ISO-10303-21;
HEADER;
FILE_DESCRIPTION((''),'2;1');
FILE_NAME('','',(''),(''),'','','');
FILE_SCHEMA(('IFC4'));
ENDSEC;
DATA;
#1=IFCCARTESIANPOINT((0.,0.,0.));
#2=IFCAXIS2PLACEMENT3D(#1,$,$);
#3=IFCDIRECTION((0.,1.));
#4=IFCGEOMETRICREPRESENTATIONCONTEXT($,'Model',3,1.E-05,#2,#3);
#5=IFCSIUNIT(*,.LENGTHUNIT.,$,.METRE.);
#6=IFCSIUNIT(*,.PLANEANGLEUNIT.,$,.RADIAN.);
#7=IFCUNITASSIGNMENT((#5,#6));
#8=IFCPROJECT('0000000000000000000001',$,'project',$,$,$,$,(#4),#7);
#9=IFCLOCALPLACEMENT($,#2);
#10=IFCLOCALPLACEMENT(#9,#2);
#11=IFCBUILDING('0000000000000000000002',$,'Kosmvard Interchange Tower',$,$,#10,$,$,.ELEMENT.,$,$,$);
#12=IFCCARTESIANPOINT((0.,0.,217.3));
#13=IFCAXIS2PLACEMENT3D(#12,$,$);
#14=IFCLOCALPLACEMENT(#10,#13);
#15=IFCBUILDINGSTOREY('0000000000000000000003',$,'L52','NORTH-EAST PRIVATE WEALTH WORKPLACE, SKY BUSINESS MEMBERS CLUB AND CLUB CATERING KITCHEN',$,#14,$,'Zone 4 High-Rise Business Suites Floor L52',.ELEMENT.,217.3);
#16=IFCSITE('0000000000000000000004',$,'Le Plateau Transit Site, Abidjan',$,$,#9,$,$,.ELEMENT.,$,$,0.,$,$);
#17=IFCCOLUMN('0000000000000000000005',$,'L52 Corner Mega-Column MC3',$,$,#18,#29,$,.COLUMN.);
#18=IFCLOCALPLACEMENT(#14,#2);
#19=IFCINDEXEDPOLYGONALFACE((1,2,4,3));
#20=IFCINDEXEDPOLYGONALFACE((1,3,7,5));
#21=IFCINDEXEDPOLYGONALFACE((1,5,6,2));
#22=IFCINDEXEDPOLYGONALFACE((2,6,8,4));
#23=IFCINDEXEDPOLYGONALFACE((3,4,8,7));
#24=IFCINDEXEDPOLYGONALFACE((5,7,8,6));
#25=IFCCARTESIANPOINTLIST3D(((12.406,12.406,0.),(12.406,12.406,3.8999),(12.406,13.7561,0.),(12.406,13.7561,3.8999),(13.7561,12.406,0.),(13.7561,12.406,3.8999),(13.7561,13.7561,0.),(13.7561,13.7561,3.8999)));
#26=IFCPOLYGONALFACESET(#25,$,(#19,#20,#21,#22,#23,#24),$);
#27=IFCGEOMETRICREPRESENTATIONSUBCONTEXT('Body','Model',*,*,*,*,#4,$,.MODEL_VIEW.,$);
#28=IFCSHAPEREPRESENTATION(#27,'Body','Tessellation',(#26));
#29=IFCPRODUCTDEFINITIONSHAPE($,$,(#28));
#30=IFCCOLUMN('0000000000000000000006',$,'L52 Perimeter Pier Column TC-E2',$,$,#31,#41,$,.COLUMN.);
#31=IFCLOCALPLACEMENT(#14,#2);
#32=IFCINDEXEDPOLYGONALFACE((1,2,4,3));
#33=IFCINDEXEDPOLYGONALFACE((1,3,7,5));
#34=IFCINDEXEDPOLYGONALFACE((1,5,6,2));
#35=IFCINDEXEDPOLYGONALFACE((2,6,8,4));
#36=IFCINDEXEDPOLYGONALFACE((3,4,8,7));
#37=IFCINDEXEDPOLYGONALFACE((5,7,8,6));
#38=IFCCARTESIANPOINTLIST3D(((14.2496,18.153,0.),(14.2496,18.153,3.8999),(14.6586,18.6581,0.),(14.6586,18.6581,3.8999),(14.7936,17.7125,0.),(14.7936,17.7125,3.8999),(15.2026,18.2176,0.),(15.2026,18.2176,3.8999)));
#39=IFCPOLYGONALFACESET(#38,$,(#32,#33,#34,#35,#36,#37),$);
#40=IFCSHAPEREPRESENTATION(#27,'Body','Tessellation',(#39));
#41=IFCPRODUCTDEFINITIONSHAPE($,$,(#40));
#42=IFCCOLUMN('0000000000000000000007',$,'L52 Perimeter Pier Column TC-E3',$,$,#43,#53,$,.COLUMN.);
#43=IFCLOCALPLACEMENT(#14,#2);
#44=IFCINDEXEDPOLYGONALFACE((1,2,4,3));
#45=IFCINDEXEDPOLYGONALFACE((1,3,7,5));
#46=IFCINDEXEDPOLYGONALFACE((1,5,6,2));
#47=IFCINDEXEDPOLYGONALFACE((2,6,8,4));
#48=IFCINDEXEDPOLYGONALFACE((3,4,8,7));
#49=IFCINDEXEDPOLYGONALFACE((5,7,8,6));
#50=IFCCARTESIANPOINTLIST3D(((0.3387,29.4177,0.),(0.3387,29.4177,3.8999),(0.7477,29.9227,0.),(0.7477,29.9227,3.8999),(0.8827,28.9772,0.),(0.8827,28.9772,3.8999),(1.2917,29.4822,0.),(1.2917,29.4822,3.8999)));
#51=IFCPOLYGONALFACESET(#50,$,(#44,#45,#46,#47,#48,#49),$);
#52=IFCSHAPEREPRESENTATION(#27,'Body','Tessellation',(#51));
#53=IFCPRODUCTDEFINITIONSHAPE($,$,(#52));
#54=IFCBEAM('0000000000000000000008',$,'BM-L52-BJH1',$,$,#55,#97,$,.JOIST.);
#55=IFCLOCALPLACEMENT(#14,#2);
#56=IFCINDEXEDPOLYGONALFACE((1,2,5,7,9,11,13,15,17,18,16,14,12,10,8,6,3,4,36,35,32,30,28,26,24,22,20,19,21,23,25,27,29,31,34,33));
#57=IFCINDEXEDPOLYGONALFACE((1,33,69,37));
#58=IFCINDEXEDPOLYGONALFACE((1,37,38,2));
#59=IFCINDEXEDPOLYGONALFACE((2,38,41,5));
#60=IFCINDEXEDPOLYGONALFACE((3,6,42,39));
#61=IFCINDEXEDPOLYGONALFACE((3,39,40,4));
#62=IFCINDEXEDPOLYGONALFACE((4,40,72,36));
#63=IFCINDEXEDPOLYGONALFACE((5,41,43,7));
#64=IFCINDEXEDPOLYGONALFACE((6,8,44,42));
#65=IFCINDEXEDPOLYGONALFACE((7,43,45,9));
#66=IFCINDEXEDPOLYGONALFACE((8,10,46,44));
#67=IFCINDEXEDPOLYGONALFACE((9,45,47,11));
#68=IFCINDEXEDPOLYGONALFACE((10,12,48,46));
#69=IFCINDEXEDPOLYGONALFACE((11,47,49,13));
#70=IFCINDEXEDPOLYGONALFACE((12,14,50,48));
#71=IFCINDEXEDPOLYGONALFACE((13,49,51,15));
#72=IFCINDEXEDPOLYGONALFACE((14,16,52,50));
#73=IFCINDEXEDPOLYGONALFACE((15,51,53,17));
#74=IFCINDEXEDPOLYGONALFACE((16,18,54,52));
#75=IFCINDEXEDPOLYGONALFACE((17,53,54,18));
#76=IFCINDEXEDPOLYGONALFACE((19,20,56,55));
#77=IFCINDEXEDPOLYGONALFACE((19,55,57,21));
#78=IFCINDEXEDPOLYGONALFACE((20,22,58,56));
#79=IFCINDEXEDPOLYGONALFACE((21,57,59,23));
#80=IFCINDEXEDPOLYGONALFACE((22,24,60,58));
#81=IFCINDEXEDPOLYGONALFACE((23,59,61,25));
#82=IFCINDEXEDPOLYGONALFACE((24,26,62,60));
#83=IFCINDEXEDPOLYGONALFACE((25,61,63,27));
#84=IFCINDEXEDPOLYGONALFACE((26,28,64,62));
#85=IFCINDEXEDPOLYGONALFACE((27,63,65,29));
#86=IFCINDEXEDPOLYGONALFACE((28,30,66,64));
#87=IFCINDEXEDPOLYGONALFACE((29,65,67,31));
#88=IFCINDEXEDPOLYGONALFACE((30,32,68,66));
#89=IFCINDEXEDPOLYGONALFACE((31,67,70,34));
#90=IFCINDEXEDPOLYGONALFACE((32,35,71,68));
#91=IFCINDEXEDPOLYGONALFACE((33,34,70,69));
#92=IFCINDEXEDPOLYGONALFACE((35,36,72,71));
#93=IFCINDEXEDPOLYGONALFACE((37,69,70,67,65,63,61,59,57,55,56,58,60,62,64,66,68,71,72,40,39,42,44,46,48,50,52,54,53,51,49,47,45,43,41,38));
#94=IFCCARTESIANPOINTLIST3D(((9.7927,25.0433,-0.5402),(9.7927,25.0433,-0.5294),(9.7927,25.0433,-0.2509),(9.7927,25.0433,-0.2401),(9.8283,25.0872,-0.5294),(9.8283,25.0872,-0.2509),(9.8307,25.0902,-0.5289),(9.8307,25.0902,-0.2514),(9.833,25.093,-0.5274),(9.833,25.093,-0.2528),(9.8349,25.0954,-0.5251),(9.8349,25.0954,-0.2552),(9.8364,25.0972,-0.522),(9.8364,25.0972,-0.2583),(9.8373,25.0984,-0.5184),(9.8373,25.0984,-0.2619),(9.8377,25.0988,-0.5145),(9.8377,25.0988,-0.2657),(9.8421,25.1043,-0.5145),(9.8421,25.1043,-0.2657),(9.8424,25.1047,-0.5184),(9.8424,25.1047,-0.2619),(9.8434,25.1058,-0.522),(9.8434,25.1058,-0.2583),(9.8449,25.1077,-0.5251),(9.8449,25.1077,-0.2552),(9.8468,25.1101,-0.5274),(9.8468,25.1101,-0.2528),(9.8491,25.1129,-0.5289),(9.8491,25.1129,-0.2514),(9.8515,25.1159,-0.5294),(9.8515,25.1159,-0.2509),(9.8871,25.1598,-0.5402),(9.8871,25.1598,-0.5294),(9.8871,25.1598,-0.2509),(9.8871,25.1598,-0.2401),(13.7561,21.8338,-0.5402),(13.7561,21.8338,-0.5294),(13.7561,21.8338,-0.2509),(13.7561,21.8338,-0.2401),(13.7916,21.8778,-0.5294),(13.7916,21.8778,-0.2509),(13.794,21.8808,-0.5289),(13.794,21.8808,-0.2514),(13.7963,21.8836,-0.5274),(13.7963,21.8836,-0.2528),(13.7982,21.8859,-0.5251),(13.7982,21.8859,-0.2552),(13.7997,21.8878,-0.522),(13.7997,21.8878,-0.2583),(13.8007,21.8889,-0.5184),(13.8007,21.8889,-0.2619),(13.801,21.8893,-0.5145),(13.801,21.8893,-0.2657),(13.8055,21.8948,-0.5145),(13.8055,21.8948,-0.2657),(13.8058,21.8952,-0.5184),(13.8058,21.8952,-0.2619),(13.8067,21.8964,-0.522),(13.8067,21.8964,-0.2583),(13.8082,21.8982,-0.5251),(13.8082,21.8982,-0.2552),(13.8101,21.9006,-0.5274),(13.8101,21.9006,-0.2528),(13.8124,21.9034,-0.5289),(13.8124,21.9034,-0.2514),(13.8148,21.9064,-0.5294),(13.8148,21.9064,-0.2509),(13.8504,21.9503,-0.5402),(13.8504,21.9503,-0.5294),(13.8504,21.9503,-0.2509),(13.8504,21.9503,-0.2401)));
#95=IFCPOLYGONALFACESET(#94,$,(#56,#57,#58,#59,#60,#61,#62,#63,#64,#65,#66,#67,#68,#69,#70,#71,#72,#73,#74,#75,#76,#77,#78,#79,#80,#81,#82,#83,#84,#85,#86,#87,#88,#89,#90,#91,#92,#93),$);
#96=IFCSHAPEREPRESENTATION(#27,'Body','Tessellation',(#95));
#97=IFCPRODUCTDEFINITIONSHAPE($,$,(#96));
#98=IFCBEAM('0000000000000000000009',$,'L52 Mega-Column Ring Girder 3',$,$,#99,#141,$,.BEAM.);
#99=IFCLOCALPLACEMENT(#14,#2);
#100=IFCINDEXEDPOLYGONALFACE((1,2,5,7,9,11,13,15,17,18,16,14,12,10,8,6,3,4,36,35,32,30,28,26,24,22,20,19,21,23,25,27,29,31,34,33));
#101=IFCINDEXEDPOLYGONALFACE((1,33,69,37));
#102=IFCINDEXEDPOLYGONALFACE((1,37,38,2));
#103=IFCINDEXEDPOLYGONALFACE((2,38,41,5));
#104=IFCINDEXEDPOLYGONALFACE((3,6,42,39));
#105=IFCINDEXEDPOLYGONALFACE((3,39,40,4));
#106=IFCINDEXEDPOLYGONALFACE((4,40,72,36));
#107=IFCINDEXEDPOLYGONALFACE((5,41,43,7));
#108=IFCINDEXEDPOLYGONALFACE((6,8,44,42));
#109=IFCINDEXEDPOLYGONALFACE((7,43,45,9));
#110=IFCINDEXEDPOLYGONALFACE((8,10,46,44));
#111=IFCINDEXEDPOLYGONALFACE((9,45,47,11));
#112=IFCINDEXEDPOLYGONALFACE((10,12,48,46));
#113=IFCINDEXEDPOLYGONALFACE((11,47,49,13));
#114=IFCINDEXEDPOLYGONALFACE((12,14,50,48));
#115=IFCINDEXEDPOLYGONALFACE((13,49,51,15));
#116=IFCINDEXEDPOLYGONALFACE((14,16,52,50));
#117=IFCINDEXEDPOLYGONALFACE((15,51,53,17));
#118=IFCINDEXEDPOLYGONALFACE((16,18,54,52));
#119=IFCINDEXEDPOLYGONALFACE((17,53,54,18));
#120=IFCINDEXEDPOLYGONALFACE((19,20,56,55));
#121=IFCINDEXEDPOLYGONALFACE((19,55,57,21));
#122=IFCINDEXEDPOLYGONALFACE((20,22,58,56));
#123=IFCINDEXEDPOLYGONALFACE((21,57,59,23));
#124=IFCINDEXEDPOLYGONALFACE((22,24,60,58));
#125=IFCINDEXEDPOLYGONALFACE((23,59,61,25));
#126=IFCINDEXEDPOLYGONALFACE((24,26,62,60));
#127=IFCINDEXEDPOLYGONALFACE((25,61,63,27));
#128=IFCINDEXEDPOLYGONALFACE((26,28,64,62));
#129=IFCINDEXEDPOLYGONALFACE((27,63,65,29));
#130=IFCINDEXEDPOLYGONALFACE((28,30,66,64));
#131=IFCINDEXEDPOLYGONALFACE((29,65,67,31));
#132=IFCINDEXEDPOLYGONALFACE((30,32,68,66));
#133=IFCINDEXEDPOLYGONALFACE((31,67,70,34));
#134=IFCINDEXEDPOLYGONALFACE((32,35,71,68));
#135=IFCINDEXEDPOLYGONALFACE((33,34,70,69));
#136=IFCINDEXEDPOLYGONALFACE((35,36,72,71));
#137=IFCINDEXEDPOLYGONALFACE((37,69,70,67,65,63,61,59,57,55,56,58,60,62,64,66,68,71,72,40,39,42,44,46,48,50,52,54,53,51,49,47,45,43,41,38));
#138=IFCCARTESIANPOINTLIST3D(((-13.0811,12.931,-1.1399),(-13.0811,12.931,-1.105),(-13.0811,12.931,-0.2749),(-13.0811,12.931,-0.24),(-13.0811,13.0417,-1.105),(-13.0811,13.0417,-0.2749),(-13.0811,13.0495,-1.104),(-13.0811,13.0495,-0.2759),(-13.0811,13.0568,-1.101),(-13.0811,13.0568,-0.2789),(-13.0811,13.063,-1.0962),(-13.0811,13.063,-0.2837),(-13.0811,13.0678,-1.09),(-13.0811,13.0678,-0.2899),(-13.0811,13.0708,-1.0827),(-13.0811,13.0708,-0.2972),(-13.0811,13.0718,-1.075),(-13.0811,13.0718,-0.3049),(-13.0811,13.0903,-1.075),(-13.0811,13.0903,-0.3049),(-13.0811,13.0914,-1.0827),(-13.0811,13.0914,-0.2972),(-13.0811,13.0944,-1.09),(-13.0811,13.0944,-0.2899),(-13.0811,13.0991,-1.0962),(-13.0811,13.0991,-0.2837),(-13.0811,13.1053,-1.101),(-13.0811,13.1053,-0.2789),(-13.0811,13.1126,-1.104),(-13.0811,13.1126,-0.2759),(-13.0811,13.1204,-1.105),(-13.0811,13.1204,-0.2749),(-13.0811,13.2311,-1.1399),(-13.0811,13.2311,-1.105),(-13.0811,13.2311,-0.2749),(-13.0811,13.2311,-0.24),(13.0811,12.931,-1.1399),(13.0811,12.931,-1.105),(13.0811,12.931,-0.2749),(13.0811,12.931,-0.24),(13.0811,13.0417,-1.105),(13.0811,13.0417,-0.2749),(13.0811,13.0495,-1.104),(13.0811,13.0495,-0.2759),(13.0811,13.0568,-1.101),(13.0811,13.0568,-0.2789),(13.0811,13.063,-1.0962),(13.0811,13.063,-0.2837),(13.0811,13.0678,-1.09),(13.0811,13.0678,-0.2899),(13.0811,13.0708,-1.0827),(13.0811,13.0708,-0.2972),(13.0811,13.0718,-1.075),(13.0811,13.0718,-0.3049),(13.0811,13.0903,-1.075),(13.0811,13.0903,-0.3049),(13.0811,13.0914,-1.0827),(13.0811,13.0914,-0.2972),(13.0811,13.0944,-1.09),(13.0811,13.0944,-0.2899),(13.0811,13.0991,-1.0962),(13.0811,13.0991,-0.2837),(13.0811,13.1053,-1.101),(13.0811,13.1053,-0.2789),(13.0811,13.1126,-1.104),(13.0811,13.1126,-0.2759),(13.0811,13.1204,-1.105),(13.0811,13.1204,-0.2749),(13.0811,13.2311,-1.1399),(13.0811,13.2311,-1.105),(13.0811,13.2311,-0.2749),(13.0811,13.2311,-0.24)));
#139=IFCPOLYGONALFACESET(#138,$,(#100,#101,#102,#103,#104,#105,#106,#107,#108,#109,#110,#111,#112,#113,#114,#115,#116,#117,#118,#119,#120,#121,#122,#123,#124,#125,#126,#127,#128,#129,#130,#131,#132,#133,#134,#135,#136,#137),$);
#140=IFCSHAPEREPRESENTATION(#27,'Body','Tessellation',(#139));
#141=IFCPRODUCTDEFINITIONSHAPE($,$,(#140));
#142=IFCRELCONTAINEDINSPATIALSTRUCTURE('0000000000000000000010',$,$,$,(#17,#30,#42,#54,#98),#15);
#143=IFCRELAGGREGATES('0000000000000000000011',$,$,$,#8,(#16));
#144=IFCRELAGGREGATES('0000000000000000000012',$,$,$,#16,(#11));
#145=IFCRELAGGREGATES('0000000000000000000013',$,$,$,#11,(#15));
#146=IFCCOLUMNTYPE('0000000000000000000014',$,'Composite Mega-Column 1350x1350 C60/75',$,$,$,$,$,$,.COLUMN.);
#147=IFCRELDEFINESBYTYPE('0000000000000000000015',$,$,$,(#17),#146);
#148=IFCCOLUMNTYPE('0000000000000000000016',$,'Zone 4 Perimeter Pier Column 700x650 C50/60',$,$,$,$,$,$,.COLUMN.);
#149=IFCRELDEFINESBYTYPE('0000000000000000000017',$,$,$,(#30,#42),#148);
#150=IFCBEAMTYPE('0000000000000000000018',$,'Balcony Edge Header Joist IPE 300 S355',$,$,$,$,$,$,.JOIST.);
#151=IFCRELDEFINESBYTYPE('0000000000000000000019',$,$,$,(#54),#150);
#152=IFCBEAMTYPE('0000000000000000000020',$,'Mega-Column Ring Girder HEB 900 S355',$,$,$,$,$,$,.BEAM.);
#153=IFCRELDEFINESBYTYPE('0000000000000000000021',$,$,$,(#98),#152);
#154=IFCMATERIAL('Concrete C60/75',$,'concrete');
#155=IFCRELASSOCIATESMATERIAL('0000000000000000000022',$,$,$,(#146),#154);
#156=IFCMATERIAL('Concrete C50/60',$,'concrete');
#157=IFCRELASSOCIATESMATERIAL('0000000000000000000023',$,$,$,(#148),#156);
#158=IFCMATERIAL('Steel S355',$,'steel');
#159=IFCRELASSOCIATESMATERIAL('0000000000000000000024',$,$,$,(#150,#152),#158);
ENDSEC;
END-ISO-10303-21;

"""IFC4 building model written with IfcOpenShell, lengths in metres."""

from ifc_helpers import new_model, si_unit, direction, frame, origin, origin_2d, place, context, subcontext, project, spatial, rectangle, i_section, extrude, source, transform, mapped, material, material_profile, profile_set, type_object, element, save


model = new_model("IFC4")

# Units and contexts
model_context = context("Model", 3, precision=1e-05, world=origin(), true_north=direction((0.0, 1.0)))
body_context = subcontext(model_context, "Body", "Model", "MODEL_VIEW")
ifc_project = project(units=[si_unit("LENGTHUNIT", "METRE"), si_unit("PLANEANGLEUNIT", "RADIAN")], contexts=[model_context])

# Site, building, storey
site_placement = place(None, origin())
site = spatial("IfcSite", under=ifc_project, at=site_placement, Name="Le Plateau Transit Site, Abidjan", CompositionType="ELEMENT", RefElevation=0.0)
building_placement = place(site_placement, origin())
building = spatial("IfcBuilding", under=site, at=building_placement, Name="Kosmvard Interchange Tower", CompositionType="ELEMENT")
storey_placement = place(building_placement, frame((0.0, 0.0, 217.3)))
storey = spatial("IfcBuildingStorey", under=building, at=storey_placement, Name="L52", Description="NORTH-EAST PRIVATE WEALTH WORKPLACE, SKY BUSINESS MEMBERS CLUB AND CLUB CATERING KITCHEN", LongName="Zone 4 High-Rise Business Suites Floor L52", CompositionType="ELEMENT", Elevation=217.3)

# Columns
ifc_material_1 = material(Name="Concrete C60/75", Category="concrete")
ifc_material_profile_1 = material_profile(ifc_material_1, rectangle(XDim=1.3501, YDim=1.3501, at=origin_2d()), Name="MC 1350x1350")
ifc_profile_set_1 = profile_set([ifc_material_profile_1], Name="Concrete C60/75")
column_type_1 = type_object("IfcColumnType", Name="Composite Mega-Column 1350x1350 C60/75", PredefinedType="COLUMN", material=ifc_profile_set_1)
shared_shape_1 = source(origin(), body_context, "Body", "SweptSolid", [
    extrude(rectangle(XDim=1.3501, YDim=1.3501, at=origin_2d()), origin(), (0.0, 0.0, 1.0), 3.8999),
])
column_placement = place(storey_placement, frame((13.0811, 13.0811, 0.0), z_axis=(0.0, 0.0, 1.0), x_axis=(1.0, 0.0, 0.0)))
element("IfcColumn", 1, at=column_placement, inside=storey, type_object=column_type_1, Name="L52 Corner Mega-Column MC3", PredefinedType="COLUMN", context=body_context, shape_type="MappedRepresentation", body=[
    mapped(shared_shape_1, transform((0.0, 0.0, 0.0), scale=1.0)),
])
ifc_material_2 = material(Name="Concrete C50/60", Category="concrete")
ifc_material_profile_2 = material_profile(ifc_material_2, rectangle(XDim=0.6499, YDim=0.7, at=origin_2d()), Name="TC 700x650")
ifc_profile_set_2 = profile_set([ifc_material_profile_2], Name="Concrete C50/60")
column_type_2 = type_object("IfcColumnType", Name="Zone 4 Perimeter Pier Column 700x650 C50/60", PredefinedType="COLUMN", material=ifc_profile_set_2)
shared_shape_2 = source(origin(), body_context, "Body", "SweptSolid", [
    extrude(rectangle(XDim=0.6499, YDim=0.7, at=origin_2d()), origin(), (0.0, 0.0, 1.0), 3.8999),
])
for number, where, z_axis, x_axis, name in (
    (2, (14.7261, 18.1853, 0.0), (0.0, 0.0, 1.0), (0.62932, 0.777146, 0.0), "L52 Perimeter Pier Column TC-E2"),
    (3, (0.8152, 29.45, 0.0), (0.0, 0.0, 1.0), (0.62932, 0.777146, 0.0), "L52 Perimeter Pier Column TC-E3"),
):
    element("IfcColumn", number, at=place(storey_placement, frame(where, z_axis=z_axis, x_axis=x_axis)), inside=storey, type_object=column_type_2, Name=name, PredefinedType="COLUMN", context=body_context, shape_type="MappedRepresentation", body=[
        mapped(shared_shape_2, transform((0.0, 0.0, 0.0), scale=1.0)),
    ])

# Beams
ifc_material_3 = material(Name="Steel S355", Category="steel")
ifc_material_profile_3 = material_profile(ifc_material_3, i_section(OverallWidth=0.1499, OverallDepth=0.3, WebThickness=0.0071, FlangeThickness=0.0107, FilletRadius=0.0149, at=origin_2d()), Name="IPE 300")
ifc_profile_set_3 = profile_set([ifc_material_profile_3], Name="Steel S355")
beam_type_1 = type_object("IfcBeamType", Name="Balcony Edge Header Joist IPE 300 S355", PredefinedType="JOIST", material=ifc_profile_set_3)
shared_shape_3 = source(origin(), body_context, "Body", "SweptSolid", [
    extrude(i_section(OverallWidth=0.1499, OverallDepth=0.3, WebThickness=0.0071, FlangeThickness=0.0107, FilletRadius=0.0149, at=origin_2d()), origin(), (0.0, 0.0, 1.0), 5.0999),
])
beam_1_placement = place(storey_placement, frame((13.8032, 21.8921, -0.3901), z_axis=(-0.777147, 0.629319, 0.0), x_axis=(-0.629319, -0.777147, 0.0)))
element("IfcBeam", 4, at=beam_1_placement, inside=storey, type_object=beam_type_1, Name="BM-L52-BJH1", PredefinedType="JOIST", context=body_context, shape_type="MappedRepresentation", body=[
    mapped(shared_shape_3, transform((0.0, 0.0, 0.0), scale=1.0)),
])
ifc_material_profile_4 = material_profile(ifc_material_3, i_section(OverallWidth=0.3, OverallDepth=0.8999, WebThickness=0.0186, FlangeThickness=0.0349, FilletRadius=0.03, at=origin_2d()), Name="HEB 900")
ifc_profile_set_4 = profile_set([ifc_material_profile_4], Name="Steel S355")
beam_type_2 = type_object("IfcBeamType", Name="Mega-Column Ring Girder HEB 900 S355", PredefinedType="BEAM", material=ifc_profile_set_4)
shared_shape_4 = source(origin(), body_context, "Body", "SweptSolid", [
    extrude(i_section(OverallWidth=0.3, OverallDepth=0.8999, WebThickness=0.0186, FlangeThickness=0.0349, FilletRadius=0.03, at=origin_2d()), origin(), (0.0, 0.0, 1.0), 26.1621),
])
beam_2_placement = place(storey_placement, frame((13.0811, 13.0811, -0.6899), z_axis=(-1.0, 0.0, 0.0), x_axis=(0.0, -1.0, 0.0)))
element("IfcBeam", 5, at=beam_2_placement, inside=storey, type_object=beam_type_2, Name="L52 Mega-Column Ring Girder 3", PredefinedType="BEAM", context=body_context, shape_type="MappedRepresentation", body=[
    mapped(shared_shape_4, transform((0.0, 0.0, 0.0), scale=1.0)),
])

save(model, "model.ifc")
